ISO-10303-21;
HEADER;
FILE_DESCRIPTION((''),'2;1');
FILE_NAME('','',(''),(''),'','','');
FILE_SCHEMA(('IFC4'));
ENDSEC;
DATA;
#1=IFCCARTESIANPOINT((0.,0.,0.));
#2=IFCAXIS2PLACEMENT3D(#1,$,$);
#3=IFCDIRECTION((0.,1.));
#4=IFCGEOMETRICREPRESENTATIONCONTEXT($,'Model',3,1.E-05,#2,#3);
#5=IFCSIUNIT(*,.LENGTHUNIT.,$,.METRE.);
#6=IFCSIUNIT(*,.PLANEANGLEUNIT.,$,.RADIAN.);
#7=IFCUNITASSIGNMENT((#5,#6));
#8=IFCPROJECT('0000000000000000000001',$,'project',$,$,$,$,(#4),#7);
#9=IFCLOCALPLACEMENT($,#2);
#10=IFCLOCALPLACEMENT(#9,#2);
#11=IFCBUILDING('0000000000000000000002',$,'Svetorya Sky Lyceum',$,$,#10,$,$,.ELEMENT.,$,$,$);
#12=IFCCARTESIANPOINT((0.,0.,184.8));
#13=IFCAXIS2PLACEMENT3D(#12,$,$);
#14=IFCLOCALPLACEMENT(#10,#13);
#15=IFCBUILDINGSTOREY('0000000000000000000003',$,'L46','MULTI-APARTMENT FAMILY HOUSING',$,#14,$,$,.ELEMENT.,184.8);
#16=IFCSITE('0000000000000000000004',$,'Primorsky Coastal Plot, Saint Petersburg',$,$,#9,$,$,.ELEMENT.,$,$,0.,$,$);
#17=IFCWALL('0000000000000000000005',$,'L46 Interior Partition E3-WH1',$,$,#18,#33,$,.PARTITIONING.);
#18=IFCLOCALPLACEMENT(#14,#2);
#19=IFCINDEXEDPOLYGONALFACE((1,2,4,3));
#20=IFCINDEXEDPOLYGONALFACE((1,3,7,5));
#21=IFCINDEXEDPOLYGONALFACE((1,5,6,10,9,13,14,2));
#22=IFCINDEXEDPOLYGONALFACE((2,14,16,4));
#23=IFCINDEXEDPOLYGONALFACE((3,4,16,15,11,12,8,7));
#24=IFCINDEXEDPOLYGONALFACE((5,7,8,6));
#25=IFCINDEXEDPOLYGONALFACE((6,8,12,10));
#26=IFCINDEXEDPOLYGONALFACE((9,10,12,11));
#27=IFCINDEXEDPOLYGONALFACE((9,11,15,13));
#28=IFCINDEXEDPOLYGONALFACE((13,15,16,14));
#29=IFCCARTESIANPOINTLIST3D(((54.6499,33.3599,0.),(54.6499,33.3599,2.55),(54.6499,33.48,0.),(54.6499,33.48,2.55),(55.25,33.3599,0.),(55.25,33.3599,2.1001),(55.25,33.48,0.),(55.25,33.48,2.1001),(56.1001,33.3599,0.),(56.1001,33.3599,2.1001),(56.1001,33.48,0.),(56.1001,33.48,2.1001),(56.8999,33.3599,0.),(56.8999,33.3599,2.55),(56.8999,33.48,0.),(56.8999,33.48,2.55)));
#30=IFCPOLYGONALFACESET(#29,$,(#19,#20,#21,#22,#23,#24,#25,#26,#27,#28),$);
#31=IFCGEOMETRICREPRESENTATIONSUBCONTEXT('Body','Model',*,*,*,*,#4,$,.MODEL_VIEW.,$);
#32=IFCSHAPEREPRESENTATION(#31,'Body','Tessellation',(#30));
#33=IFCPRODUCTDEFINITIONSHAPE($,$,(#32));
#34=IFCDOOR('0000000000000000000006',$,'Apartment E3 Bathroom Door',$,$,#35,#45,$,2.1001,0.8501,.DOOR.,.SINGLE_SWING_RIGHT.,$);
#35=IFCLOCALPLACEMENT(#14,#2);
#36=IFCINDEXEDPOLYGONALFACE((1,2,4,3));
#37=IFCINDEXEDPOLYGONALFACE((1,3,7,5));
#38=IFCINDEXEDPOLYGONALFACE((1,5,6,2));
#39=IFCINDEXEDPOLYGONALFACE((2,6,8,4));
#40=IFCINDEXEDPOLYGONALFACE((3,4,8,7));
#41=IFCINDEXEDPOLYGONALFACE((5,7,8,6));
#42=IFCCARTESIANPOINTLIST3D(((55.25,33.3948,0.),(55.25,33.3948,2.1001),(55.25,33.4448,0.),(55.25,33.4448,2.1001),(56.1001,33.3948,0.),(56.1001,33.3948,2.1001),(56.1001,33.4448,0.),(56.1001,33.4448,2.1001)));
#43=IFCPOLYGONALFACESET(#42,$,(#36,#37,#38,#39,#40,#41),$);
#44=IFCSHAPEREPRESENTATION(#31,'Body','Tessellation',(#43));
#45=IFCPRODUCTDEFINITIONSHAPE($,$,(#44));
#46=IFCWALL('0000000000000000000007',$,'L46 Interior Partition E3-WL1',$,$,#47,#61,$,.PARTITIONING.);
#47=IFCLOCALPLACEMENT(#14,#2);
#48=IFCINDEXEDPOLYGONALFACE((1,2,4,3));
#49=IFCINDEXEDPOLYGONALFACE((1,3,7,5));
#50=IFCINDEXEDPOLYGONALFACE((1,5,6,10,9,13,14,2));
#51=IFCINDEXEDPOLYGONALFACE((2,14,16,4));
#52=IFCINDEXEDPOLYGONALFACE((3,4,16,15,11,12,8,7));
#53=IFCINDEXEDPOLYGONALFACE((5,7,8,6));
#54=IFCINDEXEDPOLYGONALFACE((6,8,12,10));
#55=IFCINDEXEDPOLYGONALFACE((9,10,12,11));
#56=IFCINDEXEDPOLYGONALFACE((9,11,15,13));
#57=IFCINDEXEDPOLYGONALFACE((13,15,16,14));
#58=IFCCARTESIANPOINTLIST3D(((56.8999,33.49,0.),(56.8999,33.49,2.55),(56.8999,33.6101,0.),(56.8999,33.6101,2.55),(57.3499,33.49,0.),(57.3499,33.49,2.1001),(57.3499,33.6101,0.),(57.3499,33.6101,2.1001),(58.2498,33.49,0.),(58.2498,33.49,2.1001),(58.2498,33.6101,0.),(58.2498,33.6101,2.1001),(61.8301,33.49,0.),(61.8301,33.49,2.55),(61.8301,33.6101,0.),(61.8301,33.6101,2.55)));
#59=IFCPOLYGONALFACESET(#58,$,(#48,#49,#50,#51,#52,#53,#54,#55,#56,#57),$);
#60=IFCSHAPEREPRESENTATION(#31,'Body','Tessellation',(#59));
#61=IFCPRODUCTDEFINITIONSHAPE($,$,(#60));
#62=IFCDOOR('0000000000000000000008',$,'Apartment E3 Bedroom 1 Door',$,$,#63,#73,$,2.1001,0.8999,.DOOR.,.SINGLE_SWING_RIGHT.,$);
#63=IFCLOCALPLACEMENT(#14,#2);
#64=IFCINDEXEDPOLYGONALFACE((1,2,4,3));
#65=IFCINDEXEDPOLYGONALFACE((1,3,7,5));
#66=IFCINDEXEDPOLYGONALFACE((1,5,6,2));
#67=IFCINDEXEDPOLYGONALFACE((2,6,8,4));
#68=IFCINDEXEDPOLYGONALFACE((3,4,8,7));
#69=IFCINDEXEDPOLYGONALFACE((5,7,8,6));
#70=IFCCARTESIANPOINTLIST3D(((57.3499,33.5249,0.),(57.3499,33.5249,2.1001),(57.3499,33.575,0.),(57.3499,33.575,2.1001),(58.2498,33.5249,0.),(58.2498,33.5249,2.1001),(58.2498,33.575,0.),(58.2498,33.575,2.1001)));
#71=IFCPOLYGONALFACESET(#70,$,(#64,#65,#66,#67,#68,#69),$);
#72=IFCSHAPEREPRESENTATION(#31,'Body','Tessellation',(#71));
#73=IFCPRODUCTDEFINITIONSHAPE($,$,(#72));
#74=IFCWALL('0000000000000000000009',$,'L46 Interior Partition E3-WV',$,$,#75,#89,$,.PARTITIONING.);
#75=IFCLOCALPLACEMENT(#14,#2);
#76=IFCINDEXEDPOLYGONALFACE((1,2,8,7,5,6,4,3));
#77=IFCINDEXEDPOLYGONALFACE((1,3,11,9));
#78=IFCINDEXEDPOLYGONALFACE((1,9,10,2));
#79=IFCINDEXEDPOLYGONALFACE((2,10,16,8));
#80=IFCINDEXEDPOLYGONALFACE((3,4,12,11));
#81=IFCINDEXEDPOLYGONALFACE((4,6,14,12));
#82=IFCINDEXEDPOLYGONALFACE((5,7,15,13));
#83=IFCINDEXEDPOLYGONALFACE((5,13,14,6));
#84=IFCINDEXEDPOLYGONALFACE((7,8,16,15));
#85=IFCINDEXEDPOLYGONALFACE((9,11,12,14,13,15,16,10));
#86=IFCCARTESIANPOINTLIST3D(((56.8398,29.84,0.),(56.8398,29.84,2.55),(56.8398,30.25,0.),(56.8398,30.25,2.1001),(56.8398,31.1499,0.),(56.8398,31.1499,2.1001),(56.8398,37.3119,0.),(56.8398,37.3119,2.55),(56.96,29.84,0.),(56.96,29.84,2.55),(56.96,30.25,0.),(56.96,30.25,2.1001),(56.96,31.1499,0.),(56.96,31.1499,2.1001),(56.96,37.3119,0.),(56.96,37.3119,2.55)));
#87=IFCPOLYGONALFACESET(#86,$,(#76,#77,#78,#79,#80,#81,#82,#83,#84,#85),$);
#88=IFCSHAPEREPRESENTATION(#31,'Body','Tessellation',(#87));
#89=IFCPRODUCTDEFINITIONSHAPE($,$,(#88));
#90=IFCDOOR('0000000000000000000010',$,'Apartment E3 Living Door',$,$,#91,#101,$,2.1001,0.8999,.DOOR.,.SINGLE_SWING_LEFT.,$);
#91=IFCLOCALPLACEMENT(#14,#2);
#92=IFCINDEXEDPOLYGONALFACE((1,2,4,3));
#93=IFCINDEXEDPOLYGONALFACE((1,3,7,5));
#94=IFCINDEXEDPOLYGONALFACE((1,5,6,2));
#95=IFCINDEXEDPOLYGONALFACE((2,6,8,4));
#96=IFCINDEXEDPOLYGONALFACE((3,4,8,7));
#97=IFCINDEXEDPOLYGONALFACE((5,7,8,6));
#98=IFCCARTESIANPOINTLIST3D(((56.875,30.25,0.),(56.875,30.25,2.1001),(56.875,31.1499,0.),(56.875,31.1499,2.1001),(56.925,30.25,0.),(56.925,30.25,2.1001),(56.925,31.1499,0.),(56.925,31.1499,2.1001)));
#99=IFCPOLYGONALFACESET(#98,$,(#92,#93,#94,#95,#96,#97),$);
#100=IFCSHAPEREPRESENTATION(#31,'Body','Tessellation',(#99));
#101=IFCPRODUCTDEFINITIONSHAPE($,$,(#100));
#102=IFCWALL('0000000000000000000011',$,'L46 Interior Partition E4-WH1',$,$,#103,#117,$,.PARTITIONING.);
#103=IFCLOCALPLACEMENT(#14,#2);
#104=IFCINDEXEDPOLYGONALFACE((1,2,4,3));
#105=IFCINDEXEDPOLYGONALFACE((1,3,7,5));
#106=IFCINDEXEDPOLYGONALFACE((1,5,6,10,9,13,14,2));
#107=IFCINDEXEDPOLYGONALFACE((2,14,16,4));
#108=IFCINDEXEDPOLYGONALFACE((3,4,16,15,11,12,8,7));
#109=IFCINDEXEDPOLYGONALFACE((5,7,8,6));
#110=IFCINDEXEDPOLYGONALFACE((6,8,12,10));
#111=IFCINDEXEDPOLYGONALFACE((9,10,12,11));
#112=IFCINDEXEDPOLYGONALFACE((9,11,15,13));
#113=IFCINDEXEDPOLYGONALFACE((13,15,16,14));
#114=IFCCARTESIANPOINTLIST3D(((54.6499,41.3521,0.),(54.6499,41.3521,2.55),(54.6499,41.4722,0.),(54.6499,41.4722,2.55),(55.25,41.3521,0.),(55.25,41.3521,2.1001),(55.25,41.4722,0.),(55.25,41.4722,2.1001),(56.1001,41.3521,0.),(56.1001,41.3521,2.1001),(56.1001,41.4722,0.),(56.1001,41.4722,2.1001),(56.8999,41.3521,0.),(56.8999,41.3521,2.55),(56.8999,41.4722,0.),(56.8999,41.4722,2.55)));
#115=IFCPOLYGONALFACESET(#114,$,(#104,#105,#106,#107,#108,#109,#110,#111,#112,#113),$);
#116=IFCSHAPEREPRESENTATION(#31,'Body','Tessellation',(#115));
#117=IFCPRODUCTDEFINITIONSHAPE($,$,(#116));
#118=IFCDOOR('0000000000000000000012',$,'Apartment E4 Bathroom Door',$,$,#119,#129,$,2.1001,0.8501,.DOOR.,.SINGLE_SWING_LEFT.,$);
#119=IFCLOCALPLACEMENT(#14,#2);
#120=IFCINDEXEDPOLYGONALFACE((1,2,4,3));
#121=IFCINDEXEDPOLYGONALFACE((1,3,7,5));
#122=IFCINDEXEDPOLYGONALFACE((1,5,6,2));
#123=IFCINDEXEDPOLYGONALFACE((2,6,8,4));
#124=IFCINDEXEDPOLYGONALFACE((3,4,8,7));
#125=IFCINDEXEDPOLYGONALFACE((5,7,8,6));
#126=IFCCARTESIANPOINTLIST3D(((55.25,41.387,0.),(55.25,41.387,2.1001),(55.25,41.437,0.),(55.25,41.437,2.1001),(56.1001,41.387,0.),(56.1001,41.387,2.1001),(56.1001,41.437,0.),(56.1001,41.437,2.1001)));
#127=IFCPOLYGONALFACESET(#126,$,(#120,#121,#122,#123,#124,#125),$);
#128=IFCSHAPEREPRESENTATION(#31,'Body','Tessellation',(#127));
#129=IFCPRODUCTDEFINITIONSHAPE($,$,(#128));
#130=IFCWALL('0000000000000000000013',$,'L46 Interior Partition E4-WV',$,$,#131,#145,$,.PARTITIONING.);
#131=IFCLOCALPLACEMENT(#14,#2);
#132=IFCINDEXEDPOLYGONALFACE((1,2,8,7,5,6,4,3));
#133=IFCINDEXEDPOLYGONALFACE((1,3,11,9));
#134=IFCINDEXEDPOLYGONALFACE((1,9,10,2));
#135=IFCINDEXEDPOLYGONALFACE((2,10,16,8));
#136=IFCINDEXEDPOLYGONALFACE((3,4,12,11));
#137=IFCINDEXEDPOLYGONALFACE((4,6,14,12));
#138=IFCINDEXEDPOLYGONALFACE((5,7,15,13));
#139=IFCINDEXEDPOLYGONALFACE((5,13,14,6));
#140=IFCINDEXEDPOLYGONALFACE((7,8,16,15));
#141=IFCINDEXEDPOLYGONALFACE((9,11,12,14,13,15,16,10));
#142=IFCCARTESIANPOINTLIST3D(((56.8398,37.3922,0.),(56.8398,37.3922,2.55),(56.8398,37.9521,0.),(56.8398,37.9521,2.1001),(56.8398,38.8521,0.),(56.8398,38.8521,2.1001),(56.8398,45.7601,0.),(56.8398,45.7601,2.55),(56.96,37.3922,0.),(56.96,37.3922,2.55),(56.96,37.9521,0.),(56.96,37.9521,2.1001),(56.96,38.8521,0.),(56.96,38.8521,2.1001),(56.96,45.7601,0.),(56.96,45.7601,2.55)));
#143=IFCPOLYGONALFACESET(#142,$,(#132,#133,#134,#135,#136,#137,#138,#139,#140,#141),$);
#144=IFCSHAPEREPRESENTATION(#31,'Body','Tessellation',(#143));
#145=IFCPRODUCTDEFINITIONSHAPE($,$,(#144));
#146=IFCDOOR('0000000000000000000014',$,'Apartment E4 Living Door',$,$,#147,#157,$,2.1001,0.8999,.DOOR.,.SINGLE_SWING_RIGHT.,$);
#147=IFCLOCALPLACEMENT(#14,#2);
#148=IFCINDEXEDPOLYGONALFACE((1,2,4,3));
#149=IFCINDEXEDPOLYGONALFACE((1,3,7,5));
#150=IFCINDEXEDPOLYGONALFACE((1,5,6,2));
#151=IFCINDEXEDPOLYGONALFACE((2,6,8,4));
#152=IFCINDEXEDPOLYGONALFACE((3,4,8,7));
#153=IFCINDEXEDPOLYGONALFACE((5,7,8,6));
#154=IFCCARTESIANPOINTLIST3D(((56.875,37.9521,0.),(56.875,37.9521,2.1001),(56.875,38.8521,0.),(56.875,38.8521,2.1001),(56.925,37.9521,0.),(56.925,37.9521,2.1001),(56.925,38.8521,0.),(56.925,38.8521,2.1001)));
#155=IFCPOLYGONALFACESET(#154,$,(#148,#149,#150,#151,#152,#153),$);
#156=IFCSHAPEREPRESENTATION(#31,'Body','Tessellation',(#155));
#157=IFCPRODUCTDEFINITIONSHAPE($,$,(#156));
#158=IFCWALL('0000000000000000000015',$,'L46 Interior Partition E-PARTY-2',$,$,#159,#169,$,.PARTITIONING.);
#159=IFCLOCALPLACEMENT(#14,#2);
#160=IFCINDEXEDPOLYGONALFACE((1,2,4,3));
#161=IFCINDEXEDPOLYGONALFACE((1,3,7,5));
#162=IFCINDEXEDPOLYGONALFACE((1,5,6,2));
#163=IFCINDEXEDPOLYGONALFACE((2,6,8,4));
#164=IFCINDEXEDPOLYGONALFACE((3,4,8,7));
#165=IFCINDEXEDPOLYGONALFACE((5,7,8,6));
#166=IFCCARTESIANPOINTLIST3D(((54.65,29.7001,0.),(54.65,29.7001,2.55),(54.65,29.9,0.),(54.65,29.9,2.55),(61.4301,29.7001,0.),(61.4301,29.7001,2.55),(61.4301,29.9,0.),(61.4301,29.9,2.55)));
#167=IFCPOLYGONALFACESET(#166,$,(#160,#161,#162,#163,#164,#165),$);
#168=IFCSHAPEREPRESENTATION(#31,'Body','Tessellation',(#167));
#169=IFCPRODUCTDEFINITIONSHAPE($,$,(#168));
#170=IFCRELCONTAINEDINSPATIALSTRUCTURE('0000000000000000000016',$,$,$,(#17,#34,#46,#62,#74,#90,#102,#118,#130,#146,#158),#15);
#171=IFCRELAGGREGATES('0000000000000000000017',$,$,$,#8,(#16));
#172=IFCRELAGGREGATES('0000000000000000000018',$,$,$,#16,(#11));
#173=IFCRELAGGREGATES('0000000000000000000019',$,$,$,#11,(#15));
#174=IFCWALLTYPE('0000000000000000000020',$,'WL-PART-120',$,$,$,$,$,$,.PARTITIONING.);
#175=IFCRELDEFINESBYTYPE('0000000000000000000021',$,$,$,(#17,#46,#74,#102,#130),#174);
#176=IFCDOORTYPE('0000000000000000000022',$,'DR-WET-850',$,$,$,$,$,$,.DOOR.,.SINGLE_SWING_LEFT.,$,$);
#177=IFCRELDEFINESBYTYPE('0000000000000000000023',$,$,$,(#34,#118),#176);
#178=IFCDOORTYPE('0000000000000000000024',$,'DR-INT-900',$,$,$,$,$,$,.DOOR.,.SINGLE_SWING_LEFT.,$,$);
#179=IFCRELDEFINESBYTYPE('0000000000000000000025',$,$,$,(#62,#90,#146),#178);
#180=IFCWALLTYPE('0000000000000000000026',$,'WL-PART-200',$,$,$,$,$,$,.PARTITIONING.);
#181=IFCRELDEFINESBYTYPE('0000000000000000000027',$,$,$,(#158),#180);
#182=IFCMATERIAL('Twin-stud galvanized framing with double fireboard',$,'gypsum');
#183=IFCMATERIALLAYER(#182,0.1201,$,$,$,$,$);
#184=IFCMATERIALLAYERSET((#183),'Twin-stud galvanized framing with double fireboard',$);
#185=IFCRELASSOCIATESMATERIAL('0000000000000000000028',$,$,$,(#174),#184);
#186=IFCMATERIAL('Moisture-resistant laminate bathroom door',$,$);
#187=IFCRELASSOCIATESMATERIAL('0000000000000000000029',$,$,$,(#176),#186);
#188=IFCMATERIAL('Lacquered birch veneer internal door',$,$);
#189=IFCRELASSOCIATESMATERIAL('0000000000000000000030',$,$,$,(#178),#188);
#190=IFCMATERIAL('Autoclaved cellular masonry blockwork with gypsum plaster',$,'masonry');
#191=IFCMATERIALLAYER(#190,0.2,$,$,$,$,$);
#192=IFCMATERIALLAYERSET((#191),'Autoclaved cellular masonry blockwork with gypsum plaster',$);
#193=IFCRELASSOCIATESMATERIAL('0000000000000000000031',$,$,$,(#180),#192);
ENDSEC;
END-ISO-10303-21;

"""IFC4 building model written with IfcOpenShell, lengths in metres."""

from ifc_helpers import new_model, si_unit, direction, frame, frame_2d, origin, place, context, subcontext, project, spatial, rectangle, extrude, material, layer, layer_set, type_object, element, fill, save


model = new_model("IFC4")

# Units and contexts
model_context = context("Model", 3, precision=1e-05, world=origin(), true_north=direction((0.0, 1.0)))
body_context = subcontext(model_context, "Body", "Model", "MODEL_VIEW")
ifc_project = project(units=[si_unit("LENGTHUNIT", "METRE"), si_unit("PLANEANGLEUNIT", "RADIAN")], contexts=[model_context])

# Site, building, storey
site_placement = place(None, origin())
site = spatial("IfcSite", under=ifc_project, at=site_placement, Name="Primorsky Coastal Plot, Saint Petersburg", CompositionType="ELEMENT", RefElevation=0.0)
building_placement = place(site_placement, origin())
building = spatial("IfcBuilding", under=site, at=building_placement, Name="Svetorya Sky Lyceum", CompositionType="ELEMENT")
storey_placement = place(building_placement, frame((0.0, 0.0, 184.8)))
storey = spatial("IfcBuildingStorey", under=building, at=storey_placement, Name="L46", Description="MULTI-APARTMENT FAMILY HOUSING", CompositionType="ELEMENT", Elevation=184.8)

# Walls, openings, doors
ifc_material_1 = material(Name="Twin-stud galvanized framing with double fireboard", Category="gypsum")
ifc_layer_1 = layer(ifc_material_1, 0.1201)
ifc_layer_set_1 = layer_set([ifc_layer_1], Name="Twin-stud galvanized framing with double fireboard")
wall_type_1 = type_object("IfcWallType", Name="WL-PART-120", PredefinedType="PARTITIONING", material=ifc_layer_set_1)
wall_1_placement = place(storey_placement, frame((54.6499, 33.4199, 0.0), z_axis=(0.0, 0.0, 1.0), x_axis=(1.0, 0.0, 0.0)))
wall_1 = element("IfcWall", 1, at=wall_1_placement, inside=storey, type_object=wall_type_1, Name="L46 Interior Partition E3-WH1", PredefinedType="PARTITIONING", context=body_context, shape_type="SweptSolid", body=[
    extrude(rectangle(XDim=2.25, YDim=0.1201, at=frame_2d((1.125, 0.0))), origin(), (0.0, 0.0, 1.0), 2.55),
])
opening_1_placement = place(wall_1_placement, frame((0.6001, 0.0, 0.0)))
opening_1 = element("IfcOpeningElement", 2, at=opening_1_placement, cuts=wall_1, PredefinedType="OPENING", context=body_context, shape_type="SweptSolid", body=[
    extrude(rectangle(XDim=0.8501, YDim=2.1001, at=frame_2d((0.425, 1.05))), frame((0.0, 0.0701, 0.0), z_axis=(0.0, -1.0, 0.0), x_axis=(1.0, 0.0, 0.0)), (0.0, 0.0, 1.0), 0.1401),
])
ifc_material_2 = material(Name="Moisture-resistant laminate bathroom door")
door_type_1 = type_object("IfcDoorType", Name="DR-WET-850", OperationType="SINGLE_SWING_LEFT", PredefinedType="DOOR", material=ifc_material_2)
door_1_placement = place(opening_1_placement, origin())
door_1 = element("IfcDoor", 3, at=door_1_placement, inside=storey, type_object=door_type_1, Name="Apartment E3 Bathroom Door", OperationType="SINGLE_SWING_RIGHT", OverallHeight=2.1001, OverallWidth=0.8501, PredefinedType="DOOR", context=body_context, shape_type="SweptSolid", body=[
    extrude(rectangle(XDim=0.8501, YDim=2.1001, at=frame_2d((0.425, 1.05))), frame((0.0, 0.0249, 0.0), z_axis=(0.0, -1.0, 0.0), x_axis=(1.0, 0.0, 0.0)), (0.0, 0.0, 1.0), 0.05),
])
fill(opening_1, door_1)
wall_2_placement = place(storey_placement, frame((56.8999, 33.55, 0.0), z_axis=(0.0, 0.0, 1.0), x_axis=(1.0, 0.0, 0.0)))
wall_2 = element("IfcWall", 4, at=wall_2_placement, inside=storey, type_object=wall_type_1, Name="L46 Interior Partition E3-WL1", PredefinedType="PARTITIONING", context=body_context, shape_type="SweptSolid", body=[
    extrude(rectangle(XDim=4.9302, YDim=0.1201, at=frame_2d((2.4651, 0.0))), origin(), (0.0, 0.0, 1.0), 2.55),
])
opening_2_placement = place(wall_2_placement, frame((0.45, 0.0, 0.0)))
opening_2 = element("IfcOpeningElement", 5, at=opening_2_placement, cuts=wall_2, PredefinedType="OPENING", context=body_context, shape_type="SweptSolid", body=[
    extrude(rectangle(XDim=0.8999, YDim=2.1001, at=frame_2d((0.45, 1.05))), frame((0.0, 0.0701, 0.0), z_axis=(0.0, -1.0, 0.0), x_axis=(1.0, 0.0, 0.0)), (0.0, 0.0, 1.0), 0.1401),
])
ifc_material_3 = material(Name="Lacquered birch veneer internal door")
door_type_2 = type_object("IfcDoorType", Name="DR-INT-900", OperationType="SINGLE_SWING_LEFT", PredefinedType="DOOR", material=ifc_material_3)
door_2_placement = place(opening_2_placement, origin())
door_2 = element("IfcDoor", 6, at=door_2_placement, inside=storey, type_object=door_type_2, Name="Apartment E3 Bedroom 1 Door", OperationType="SINGLE_SWING_RIGHT", OverallHeight=2.1001, OverallWidth=0.8999, PredefinedType="DOOR", context=body_context, shape_type="SweptSolid", body=[
    extrude(rectangle(XDim=0.8999, YDim=2.1001, at=frame_2d((0.45, 1.05))), frame((0.0, 0.0249, 0.0), z_axis=(0.0, -1.0, 0.0), x_axis=(1.0, 0.0, 0.0)), (0.0, 0.0, 1.0), 0.05),
])
fill(opening_2, door_2)
wall_3_placement = place(storey_placement, frame((56.8999, 29.8401, 0.0), z_axis=(0.0, 0.0, 1.0), x_axis=(0.0, 1.0, 0.0)))
wall_3 = element("IfcWall", 7, at=wall_3_placement, inside=storey, type_object=wall_type_1, Name="L46 Interior Partition E3-WV", PredefinedType="PARTITIONING", context=body_context, shape_type="SweptSolid", body=[
    extrude(rectangle(XDim=7.4719, YDim=0.1201, at=frame_2d((3.7358, 0.0))), origin(), (0.0, 0.0, 1.0), 2.55),
])
opening_3_placement = place(wall_3_placement, frame((0.4099, 0.0, 0.0)))
opening_3 = element("IfcOpeningElement", 8, at=opening_3_placement, cuts=wall_3, PredefinedType="OPENING", context=body_context, shape_type="SweptSolid", body=[
    extrude(rectangle(XDim=0.8999, YDim=2.1001, at=frame_2d((0.45, 1.05))), frame((0.0, 0.0701, 0.0), z_axis=(0.0, -1.0, 0.0), x_axis=(1.0, 0.0, 0.0)), (0.0, 0.0, 1.0), 0.1401),
])
door_3_placement = place(opening_3_placement, origin())
door_3 = element("IfcDoor", 9, at=door_3_placement, inside=storey, type_object=door_type_2, Name="Apartment E3 Living Door", OperationType="SINGLE_SWING_LEFT", OverallHeight=2.1001, OverallWidth=0.8999, PredefinedType="DOOR", context=body_context, shape_type="SweptSolid", body=[
    extrude(rectangle(XDim=0.8999, YDim=2.1001, at=frame_2d((0.45, 1.05))), frame((0.0, 0.0249, 0.0), z_axis=(0.0, -1.0, 0.0), x_axis=(1.0, 0.0, 0.0)), (0.0, 0.0, 1.0), 0.05),
])
fill(opening_3, door_3)
wall_4_placement = place(storey_placement, frame((54.6499, 41.4121, 0.0), z_axis=(0.0, 0.0, 1.0), x_axis=(1.0, 0.0, 0.0)))
wall_4 = element("IfcWall", 10, at=wall_4_placement, inside=storey, type_object=wall_type_1, Name="L46 Interior Partition E4-WH1", PredefinedType="PARTITIONING", context=body_context, shape_type="SweptSolid", body=[
    extrude(rectangle(XDim=2.25, YDim=0.1201, at=frame_2d((1.125, 0.0))), origin(), (0.0, 0.0, 1.0), 2.55),
])
opening_4_placement = place(wall_4_placement, frame((0.6001, 0.0, 0.0)))
opening_4 = element("IfcOpeningElement", 11, at=opening_4_placement, cuts=wall_4, PredefinedType="OPENING", context=body_context, shape_type="SweptSolid", body=[
    extrude(rectangle(XDim=0.8501, YDim=2.1001, at=frame_2d((0.425, 1.05))), frame((0.0, 0.0701, 0.0), z_axis=(0.0, -1.0, 0.0), x_axis=(1.0, 0.0, 0.0)), (0.0, 0.0, 1.0), 0.1401),
])
door_4_placement = place(opening_4_placement, origin())
door_4 = element("IfcDoor", 12, at=door_4_placement, inside=storey, type_object=door_type_1, Name="Apartment E4 Bathroom Door", OperationType="SINGLE_SWING_LEFT", OverallHeight=2.1001, OverallWidth=0.8501, PredefinedType="DOOR", context=body_context, shape_type="SweptSolid", body=[
    extrude(rectangle(XDim=0.8501, YDim=2.1001, at=frame_2d((0.425, 1.05))), frame((0.0, 0.0249, 0.0), z_axis=(0.0, -1.0, 0.0), x_axis=(1.0, 0.0, 0.0)), (0.0, 0.0, 1.0), 0.05),
])
fill(opening_4, door_4)
wall_5_placement = place(storey_placement, frame((56.8999, 37.3921, 0.0), z_axis=(0.0, 0.0, 1.0), x_axis=(0.0, 1.0, 0.0)))
wall_5 = element("IfcWall", 13, at=wall_5_placement, inside=storey, type_object=wall_type_1, Name="L46 Interior Partition E4-WV", PredefinedType="PARTITIONING", context=body_context, shape_type="SweptSolid", body=[
    extrude(rectangle(XDim=8.3679, YDim=0.1201, at=frame_2d((4.1841, 0.0))), origin(), (0.0, 0.0, 1.0), 2.55),
])
opening_5_placement = place(wall_5_placement, frame((0.5601, 0.0, 0.0)))
opening_5 = element("IfcOpeningElement", 14, at=opening_5_placement, cuts=wall_5, PredefinedType="OPENING", context=body_context, shape_type="SweptSolid", body=[
    extrude(rectangle(XDim=0.8999, YDim=2.1001, at=frame_2d((0.45, 1.05))), frame((0.0, 0.0701, 0.0), z_axis=(0.0, -1.0, 0.0), x_axis=(1.0, 0.0, 0.0)), (0.0, 0.0, 1.0), 0.1401),
])
door_5_placement = place(opening_5_placement, origin())
door_5 = element("IfcDoor", 15, at=door_5_placement, inside=storey, type_object=door_type_2, Name="Apartment E4 Living Door", OperationType="SINGLE_SWING_RIGHT", OverallHeight=2.1001, OverallWidth=0.8999, PredefinedType="DOOR", context=body_context, shape_type="SweptSolid", body=[
    extrude(rectangle(XDim=0.8999, YDim=2.1001, at=frame_2d((0.45, 1.05))), frame((0.0, 0.0249, 0.0), z_axis=(0.0, -1.0, 0.0), x_axis=(1.0, 0.0, 0.0)), (0.0, 0.0, 1.0), 0.05),
])
fill(opening_5, door_5)

# Wall
ifc_material_4 = material(Name="Autoclaved cellular masonry blockwork with gypsum plaster", Category="masonry")
ifc_layer_2 = layer(ifc_material_4, 0.2)
ifc_layer_set_2 = layer_set([ifc_layer_2], Name="Autoclaved cellular masonry blockwork with gypsum plaster")
wall_type_2 = type_object("IfcWallType", Name="WL-PART-200", PredefinedType="PARTITIONING", material=ifc_layer_set_2)
wall_6_placement = place(storey_placement, frame((54.6499, 29.8, 0.0), z_axis=(0.0, 0.0, 1.0), x_axis=(1.0, 0.0, 0.0)))
element("IfcWall", 16, at=wall_6_placement, inside=storey, type_object=wall_type_2, Name="L46 Interior Partition E-PARTY-2", PredefinedType="PARTITIONING", context=body_context, shape_type="SweptSolid", body=[
    extrude(rectangle(XDim=6.78, YDim=0.2, at=frame_2d((3.3901, 0.0))), origin(), (0.0, 0.0, 1.0), 2.55),
])

save(model, "model.ifc")
